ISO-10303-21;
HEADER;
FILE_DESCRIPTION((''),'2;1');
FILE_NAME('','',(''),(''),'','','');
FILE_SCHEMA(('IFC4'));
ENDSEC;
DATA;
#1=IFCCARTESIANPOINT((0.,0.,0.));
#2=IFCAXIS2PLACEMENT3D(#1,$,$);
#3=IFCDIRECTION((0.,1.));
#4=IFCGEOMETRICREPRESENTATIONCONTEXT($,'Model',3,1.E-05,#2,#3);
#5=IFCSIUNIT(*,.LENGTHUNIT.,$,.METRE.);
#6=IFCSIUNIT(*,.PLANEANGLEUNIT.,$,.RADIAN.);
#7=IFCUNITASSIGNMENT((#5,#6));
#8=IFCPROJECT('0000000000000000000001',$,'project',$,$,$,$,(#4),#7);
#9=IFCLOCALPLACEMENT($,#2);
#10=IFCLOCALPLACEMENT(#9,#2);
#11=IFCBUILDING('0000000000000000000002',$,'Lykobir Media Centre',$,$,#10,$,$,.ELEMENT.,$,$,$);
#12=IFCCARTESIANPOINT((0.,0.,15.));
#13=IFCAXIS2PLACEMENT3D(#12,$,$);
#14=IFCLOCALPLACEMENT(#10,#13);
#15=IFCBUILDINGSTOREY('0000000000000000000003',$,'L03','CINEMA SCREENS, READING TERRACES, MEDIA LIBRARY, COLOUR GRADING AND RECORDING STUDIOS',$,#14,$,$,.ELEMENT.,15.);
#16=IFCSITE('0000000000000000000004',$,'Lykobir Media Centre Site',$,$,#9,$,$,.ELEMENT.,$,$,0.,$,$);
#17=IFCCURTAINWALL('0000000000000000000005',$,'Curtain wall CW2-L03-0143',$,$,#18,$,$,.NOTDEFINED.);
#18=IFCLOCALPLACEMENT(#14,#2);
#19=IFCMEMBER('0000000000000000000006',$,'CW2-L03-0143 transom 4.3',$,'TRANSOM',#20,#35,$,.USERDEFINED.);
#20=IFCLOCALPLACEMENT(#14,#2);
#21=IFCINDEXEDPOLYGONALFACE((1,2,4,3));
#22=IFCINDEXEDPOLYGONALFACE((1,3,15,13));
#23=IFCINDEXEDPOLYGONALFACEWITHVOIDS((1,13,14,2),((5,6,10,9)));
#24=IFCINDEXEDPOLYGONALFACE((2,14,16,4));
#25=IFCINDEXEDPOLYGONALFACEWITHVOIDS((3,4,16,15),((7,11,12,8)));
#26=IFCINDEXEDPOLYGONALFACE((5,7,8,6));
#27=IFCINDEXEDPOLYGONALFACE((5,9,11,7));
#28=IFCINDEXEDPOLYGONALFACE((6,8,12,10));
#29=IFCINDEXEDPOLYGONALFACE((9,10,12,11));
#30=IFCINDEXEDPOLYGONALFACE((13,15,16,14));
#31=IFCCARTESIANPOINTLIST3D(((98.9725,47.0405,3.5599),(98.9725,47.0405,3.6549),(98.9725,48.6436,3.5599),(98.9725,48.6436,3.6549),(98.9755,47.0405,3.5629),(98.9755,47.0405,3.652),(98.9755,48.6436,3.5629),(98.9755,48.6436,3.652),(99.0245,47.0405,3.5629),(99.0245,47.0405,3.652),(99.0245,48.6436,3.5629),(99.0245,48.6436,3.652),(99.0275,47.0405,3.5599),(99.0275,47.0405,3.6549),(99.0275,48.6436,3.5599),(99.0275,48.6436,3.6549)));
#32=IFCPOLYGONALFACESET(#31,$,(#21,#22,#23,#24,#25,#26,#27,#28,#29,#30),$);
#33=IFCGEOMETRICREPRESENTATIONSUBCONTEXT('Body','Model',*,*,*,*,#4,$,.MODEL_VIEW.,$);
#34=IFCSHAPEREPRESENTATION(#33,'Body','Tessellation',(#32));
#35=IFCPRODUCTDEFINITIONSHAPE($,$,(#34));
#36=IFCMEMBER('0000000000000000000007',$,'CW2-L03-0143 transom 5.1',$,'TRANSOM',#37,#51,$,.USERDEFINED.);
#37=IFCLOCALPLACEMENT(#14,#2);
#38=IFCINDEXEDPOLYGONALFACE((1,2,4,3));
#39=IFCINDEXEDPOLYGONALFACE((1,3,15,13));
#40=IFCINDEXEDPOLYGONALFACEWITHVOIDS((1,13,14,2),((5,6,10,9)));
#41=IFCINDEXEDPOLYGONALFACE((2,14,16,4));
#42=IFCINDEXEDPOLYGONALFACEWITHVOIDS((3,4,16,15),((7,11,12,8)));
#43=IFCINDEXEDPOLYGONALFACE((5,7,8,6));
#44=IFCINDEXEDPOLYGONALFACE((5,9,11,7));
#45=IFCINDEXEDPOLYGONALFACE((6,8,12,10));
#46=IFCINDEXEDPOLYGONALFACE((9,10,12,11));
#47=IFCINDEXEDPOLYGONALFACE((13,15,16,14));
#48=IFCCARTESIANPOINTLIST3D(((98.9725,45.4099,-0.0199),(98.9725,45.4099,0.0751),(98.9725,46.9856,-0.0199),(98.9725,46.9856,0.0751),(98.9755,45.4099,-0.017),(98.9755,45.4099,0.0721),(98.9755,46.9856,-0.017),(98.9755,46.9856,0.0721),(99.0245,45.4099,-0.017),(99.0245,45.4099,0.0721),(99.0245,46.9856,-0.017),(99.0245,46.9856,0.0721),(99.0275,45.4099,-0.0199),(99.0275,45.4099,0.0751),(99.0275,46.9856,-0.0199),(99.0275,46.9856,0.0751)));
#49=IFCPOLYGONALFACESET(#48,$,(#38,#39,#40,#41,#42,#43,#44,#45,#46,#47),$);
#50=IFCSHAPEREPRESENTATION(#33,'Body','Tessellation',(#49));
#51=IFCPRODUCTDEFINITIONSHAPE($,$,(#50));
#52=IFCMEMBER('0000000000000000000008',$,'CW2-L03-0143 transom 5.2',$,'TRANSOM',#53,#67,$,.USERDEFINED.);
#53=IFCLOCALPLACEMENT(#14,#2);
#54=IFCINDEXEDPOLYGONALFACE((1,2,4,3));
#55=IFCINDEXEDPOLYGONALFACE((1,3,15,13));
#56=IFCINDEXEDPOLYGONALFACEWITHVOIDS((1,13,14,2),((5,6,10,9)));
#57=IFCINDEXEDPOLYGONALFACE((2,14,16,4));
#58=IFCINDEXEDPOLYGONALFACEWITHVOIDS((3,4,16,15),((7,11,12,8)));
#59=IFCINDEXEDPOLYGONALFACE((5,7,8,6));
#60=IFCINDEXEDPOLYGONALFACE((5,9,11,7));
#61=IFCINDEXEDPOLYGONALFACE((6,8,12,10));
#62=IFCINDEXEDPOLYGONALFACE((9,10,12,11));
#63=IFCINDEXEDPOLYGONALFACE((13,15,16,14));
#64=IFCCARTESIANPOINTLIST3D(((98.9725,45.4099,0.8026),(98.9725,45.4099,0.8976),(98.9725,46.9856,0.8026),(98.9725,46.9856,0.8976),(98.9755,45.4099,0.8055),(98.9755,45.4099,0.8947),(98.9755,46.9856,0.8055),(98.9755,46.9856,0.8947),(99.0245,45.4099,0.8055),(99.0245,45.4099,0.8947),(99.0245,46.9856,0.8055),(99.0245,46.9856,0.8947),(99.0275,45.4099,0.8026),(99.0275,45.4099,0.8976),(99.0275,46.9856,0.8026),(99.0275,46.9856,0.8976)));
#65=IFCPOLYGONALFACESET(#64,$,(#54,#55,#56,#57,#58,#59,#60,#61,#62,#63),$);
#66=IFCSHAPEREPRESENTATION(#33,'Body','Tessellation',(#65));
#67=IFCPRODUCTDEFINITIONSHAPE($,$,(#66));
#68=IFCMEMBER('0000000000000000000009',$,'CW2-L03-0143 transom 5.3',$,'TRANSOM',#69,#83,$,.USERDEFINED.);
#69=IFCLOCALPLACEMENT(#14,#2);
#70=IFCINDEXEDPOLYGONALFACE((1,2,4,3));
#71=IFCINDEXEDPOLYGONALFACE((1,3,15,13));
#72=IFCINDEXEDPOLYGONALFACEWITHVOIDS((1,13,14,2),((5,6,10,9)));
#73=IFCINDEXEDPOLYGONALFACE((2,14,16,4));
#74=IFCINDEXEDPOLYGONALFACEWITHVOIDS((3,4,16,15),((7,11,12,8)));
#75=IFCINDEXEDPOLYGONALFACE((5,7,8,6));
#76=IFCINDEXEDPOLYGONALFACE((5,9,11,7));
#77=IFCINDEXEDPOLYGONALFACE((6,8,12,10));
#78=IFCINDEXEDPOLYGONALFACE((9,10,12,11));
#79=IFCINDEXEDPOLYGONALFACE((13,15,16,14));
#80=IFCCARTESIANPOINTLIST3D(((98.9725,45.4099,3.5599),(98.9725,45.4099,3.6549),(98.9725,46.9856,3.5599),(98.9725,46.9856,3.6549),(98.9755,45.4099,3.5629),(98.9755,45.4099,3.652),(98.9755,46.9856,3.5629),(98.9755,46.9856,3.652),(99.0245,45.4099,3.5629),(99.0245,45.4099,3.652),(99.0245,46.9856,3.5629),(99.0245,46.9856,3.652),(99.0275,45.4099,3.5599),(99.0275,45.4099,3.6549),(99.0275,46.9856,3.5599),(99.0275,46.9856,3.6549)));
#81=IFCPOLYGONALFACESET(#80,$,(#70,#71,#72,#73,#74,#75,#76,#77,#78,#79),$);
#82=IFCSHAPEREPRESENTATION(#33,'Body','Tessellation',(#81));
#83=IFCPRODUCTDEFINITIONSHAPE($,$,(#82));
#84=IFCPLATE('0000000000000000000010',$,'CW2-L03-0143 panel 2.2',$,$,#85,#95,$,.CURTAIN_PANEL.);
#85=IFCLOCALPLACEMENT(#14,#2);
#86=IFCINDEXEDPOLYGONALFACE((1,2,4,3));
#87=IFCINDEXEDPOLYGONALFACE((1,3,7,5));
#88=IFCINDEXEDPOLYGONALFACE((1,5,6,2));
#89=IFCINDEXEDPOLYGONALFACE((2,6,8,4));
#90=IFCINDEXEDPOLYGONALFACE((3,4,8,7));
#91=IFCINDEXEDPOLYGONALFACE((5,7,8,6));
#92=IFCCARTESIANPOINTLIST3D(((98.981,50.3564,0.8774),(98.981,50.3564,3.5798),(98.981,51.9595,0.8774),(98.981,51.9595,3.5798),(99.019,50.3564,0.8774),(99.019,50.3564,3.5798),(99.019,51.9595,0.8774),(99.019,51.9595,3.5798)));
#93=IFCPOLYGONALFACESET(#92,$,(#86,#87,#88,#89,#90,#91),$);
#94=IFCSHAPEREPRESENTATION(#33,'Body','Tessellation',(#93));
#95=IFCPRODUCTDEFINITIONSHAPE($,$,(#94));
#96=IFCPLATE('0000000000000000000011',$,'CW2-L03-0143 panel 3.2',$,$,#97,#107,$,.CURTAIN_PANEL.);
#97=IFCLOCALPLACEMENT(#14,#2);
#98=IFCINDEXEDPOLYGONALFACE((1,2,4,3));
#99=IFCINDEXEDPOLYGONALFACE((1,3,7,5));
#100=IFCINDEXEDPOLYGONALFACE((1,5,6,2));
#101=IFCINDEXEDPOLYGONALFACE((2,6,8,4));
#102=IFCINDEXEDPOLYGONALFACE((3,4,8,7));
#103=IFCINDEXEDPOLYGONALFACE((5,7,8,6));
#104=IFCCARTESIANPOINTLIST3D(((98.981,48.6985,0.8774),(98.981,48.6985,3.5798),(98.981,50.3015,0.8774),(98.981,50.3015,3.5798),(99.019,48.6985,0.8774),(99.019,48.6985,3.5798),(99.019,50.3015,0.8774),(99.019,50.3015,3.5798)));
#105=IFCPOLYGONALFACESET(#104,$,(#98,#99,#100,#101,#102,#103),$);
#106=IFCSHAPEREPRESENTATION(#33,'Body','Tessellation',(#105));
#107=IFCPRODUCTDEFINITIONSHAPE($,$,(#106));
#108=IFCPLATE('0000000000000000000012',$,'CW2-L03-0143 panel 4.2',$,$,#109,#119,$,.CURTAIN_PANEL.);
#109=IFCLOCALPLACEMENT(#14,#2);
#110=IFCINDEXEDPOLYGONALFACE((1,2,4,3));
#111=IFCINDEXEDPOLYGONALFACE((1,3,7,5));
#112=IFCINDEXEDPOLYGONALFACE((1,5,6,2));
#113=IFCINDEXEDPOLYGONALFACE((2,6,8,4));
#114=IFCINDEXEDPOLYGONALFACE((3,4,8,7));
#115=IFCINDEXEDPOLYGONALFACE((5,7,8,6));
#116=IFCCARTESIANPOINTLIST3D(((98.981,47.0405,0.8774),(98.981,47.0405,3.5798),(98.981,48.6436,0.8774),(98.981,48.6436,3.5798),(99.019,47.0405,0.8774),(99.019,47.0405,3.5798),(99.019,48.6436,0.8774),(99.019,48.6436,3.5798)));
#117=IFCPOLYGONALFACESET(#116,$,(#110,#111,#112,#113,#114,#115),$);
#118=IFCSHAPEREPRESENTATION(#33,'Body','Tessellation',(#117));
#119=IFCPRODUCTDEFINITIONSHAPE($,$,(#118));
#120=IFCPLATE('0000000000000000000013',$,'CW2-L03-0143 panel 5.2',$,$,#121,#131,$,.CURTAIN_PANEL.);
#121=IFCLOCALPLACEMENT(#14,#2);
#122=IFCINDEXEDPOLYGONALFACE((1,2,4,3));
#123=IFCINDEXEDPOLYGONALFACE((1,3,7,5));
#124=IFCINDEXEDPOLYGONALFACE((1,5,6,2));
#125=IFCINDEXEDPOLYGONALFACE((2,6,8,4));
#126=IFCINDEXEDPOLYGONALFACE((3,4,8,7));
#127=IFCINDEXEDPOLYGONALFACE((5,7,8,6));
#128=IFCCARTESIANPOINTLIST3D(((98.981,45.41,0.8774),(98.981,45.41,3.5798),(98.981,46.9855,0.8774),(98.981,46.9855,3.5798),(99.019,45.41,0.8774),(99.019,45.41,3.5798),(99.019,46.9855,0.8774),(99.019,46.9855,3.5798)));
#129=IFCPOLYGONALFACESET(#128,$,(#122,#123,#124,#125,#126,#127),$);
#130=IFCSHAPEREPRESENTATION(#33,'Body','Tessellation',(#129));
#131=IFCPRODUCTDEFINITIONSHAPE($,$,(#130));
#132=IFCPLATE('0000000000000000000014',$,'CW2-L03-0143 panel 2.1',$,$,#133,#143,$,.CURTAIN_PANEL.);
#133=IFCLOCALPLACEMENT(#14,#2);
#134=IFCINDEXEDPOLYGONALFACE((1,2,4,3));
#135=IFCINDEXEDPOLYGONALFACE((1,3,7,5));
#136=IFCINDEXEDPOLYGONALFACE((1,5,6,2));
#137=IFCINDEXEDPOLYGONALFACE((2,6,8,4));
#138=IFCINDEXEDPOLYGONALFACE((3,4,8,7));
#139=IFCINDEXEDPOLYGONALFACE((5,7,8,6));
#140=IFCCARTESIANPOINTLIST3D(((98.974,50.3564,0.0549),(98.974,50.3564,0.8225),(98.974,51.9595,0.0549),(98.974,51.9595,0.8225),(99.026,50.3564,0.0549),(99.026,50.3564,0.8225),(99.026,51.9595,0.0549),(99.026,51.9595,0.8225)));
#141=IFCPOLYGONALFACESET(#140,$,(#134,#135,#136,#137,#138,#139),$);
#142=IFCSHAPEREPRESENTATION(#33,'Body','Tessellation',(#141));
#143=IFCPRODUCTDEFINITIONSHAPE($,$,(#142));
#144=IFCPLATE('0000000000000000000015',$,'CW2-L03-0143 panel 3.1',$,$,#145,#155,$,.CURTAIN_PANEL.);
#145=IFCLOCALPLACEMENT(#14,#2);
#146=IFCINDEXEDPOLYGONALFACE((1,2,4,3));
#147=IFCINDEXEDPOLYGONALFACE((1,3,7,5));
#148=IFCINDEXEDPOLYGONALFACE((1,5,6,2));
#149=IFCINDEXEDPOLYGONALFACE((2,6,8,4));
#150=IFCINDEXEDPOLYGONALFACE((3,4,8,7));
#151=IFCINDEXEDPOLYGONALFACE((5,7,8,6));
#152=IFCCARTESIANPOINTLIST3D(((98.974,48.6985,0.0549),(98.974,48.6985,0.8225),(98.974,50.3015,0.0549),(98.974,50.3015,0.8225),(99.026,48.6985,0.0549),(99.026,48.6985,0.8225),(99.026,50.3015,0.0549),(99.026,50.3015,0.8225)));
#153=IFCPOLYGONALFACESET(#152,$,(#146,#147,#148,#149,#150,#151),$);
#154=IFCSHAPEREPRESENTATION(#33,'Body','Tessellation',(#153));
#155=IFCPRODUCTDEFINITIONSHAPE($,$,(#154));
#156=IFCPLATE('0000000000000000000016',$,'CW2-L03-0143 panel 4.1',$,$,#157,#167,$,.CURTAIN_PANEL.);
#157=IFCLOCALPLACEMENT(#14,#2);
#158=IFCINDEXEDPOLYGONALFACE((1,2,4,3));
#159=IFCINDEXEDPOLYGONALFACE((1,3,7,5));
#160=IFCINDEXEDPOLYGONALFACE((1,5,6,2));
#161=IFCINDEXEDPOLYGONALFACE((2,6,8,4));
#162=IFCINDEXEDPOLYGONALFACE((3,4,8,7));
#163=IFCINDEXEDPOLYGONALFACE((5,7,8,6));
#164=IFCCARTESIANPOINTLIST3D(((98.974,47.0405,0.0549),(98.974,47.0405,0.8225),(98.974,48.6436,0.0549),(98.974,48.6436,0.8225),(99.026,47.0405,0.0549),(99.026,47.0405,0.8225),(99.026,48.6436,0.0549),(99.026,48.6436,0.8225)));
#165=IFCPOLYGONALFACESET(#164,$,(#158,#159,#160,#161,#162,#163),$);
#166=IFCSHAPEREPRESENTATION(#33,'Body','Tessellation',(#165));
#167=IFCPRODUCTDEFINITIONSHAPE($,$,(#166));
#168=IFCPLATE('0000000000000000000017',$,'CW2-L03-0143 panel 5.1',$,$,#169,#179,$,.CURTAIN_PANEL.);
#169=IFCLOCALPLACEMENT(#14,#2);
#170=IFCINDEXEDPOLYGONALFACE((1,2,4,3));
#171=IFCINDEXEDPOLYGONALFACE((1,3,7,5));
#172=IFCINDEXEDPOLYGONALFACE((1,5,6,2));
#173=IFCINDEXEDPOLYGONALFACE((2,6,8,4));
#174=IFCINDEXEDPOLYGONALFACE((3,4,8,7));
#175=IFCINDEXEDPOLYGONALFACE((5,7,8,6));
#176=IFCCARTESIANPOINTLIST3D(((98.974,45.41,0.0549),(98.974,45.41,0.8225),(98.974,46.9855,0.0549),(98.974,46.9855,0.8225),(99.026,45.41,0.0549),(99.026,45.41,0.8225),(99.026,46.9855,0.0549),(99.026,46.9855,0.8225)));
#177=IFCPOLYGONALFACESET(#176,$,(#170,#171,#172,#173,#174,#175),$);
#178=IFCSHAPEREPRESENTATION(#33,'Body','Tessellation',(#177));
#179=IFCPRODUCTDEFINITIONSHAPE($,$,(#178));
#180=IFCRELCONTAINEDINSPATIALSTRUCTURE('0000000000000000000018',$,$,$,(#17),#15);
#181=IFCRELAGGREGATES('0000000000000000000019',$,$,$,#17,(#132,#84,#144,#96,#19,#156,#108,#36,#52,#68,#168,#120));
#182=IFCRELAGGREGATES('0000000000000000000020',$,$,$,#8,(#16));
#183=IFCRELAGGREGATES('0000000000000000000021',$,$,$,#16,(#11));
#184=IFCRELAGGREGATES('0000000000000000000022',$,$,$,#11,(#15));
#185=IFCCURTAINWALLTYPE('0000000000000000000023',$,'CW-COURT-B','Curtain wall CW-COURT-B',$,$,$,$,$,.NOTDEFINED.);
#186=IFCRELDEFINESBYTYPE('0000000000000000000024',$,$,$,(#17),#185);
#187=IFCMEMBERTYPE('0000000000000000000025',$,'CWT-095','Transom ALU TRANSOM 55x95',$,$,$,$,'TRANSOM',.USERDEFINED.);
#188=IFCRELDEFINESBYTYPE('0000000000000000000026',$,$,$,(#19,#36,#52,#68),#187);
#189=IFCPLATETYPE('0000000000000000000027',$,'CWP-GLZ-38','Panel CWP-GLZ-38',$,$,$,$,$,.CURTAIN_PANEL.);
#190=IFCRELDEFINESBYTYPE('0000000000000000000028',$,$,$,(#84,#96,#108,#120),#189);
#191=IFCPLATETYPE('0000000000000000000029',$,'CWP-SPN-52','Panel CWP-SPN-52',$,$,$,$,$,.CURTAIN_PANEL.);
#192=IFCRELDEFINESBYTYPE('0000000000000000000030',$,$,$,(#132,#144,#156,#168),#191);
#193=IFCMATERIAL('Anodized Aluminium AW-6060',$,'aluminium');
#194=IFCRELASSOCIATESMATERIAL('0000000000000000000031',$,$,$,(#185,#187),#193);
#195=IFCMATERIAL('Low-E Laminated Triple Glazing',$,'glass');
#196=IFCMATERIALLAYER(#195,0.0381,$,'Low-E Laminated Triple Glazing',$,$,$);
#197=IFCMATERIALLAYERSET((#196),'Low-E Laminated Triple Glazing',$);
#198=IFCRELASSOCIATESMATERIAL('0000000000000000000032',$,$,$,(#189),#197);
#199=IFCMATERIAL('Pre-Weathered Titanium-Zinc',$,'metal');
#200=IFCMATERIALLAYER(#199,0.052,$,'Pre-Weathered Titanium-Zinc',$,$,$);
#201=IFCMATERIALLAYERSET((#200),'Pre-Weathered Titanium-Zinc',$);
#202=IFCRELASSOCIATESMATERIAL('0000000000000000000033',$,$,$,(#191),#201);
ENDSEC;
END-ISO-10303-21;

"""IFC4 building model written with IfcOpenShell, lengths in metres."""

from ifc_helpers import new_model, si_unit, direction, frame, origin, origin_2d, place, context, subcontext, project, spatial, rectangle, hollow_rectangle, extrude, material, layer, layer_set, material_profile, profile_set, type_object, element, aggregate, save


model = new_model("IFC4")

# Units and contexts
model_context = context("Model", 3, precision=1e-05, world=origin(), true_north=direction((0.0, 1.0)))
body_context = subcontext(model_context, "Body", "Model", "MODEL_VIEW")
ifc_project = project(units=[si_unit("LENGTHUNIT", "METRE"), si_unit("PLANEANGLEUNIT", "RADIAN")], contexts=[model_context])

# Site, building, storey
site_placement = place(None, origin())
site = spatial("IfcSite", under=ifc_project, at=site_placement, Name="Lykobir Media Centre Site", CompositionType="ELEMENT", RefElevation=0.0)
building_placement = place(site_placement, origin())
building = spatial("IfcBuilding", under=site, at=building_placement, Name="Lykobir Media Centre", CompositionType="ELEMENT")
storey_placement = place(building_placement, frame((0.0, 0.0, 15.0)))
storey = spatial("IfcBuildingStorey", under=building, at=storey_placement, Name="L03", Description="CINEMA SCREENS, READING TERRACES, MEDIA LIBRARY, COLOUR GRADING AND RECORDING STUDIOS", CompositionType="ELEMENT", Elevation=15.0)

# Curtain wall, members, plates
ifc_material_1 = material(Name="Anodized Aluminium AW-6060", Category="aluminium")
curtain_wall_type = type_object("IfcCurtainWallType", Name="CW-COURT-B", Description="Curtain wall CW-COURT-B", PredefinedType="NOTDEFINED", material=ifc_material_1)
curtain_wall_placement = place(storey_placement, origin())
curtain_wall = element("IfcCurtainWall", 1, at=curtain_wall_placement, inside=storey, type_object=curtain_wall_type, Name="Curtain wall CW2-L03-0143", PredefinedType="NOTDEFINED")
ifc_material_profile_1 = material_profile(ifc_material_1, hollow_rectangle(XDim=0.0549, YDim=0.095, WallThickness=0.0029, at=origin_2d()), Name="ALU TRANSOM 55x95")
ifc_profile_set_1 = profile_set([ifc_material_profile_1], Name="Anodized Aluminium AW-6060")
member_type_1 = type_object("IfcMemberType", Name="CWT-095", Description="Transom ALU TRANSOM 55x95", ElementType="TRANSOM", PredefinedType="USERDEFINED", material=ifc_profile_set_1)
member_1_placement = place(storey_placement, frame((99.0, 48.6436, 3.6074), z_axis=(0.0, -1.0, 0.0), x_axis=(1.0, 0.0, 0.0)))
member_1 = element("IfcMember", 2, at=member_1_placement, type_object=member_type_1, Name="CW2-L03-0143 transom 4.3", ObjectType="TRANSOM", PredefinedType="USERDEFINED", context=body_context, shape_type="SweptSolid", body=[
    extrude(hollow_rectangle(XDim=0.0549, YDim=0.095, WallThickness=0.0029, at=origin_2d()), origin(), (0.0, 0.0, 1.0), 1.603),
])
member_2_placement = place(storey_placement, frame((99.0, 46.9856, 0.0276), z_axis=(0.0, -1.0, 0.0), x_axis=(1.0, 0.0, 0.0)))
member_2 = element("IfcMember", 3, at=member_2_placement, type_object=member_type_1, Name="CW2-L03-0143 transom 5.1", ObjectType="TRANSOM", PredefinedType="USERDEFINED", context=body_context, shape_type="SweptSolid", body=[
    extrude(hollow_rectangle(XDim=0.0549, YDim=0.095, WallThickness=0.0029, at=origin_2d()), origin(), (0.0, 0.0, 1.0), 1.5757),
])
member_3_placement = place(storey_placement, frame((99.0, 46.9856, 0.8501), z_axis=(0.0, -1.0, 0.0), x_axis=(1.0, 0.0, 0.0)))
member_3 = element("IfcMember", 4, at=member_3_placement, type_object=member_type_1, Name="CW2-L03-0143 transom 5.2", ObjectType="TRANSOM", PredefinedType="USERDEFINED", context=body_context, shape_type="SweptSolid", body=[
    extrude(hollow_rectangle(XDim=0.0549, YDim=0.095, WallThickness=0.0029, at=origin_2d()), origin(), (0.0, 0.0, 1.0), 1.5757),
])
member_4_placement = place(storey_placement, frame((99.0, 46.9856, 3.6074), z_axis=(0.0, -1.0, 0.0), x_axis=(1.0, 0.0, 0.0)))
member_4 = element("IfcMember", 5, at=member_4_placement, type_object=member_type_1, Name="CW2-L03-0143 transom 5.3", ObjectType="TRANSOM", PredefinedType="USERDEFINED", context=body_context, shape_type="SweptSolid", body=[
    extrude(hollow_rectangle(XDim=0.0549, YDim=0.095, WallThickness=0.0029, at=origin_2d()), origin(), (0.0, 0.0, 1.0), 1.5757),
])
ifc_material_2 = material(Name="Low-E Laminated Triple Glazing", Category="glass")
ifc_layer_1 = layer(ifc_material_2, 0.0381, Name="Low-E Laminated Triple Glazing")
ifc_layer_set_1 = layer_set([ifc_layer_1], Name="Low-E Laminated Triple Glazing")
plate_type_1 = type_object("IfcPlateType", Name="CWP-GLZ-38", Description="Panel CWP-GLZ-38", PredefinedType="CURTAIN_PANEL", material=ifc_layer_set_1)
plate_1_placement = place(storey_placement, frame((99.0, 51.158, 0.8774), z_axis=(0.0, 0.0, 1.0), x_axis=(0.0, -1.0, 0.0)))
plate_1 = element("IfcPlate", 6, at=plate_1_placement, type_object=plate_type_1, Name="CW2-L03-0143 panel 2.2", PredefinedType="CURTAIN_PANEL", context=body_context, shape_type="SweptSolid", body=[
    extrude(rectangle(XDim=1.603, YDim=0.0381, at=origin_2d()), origin(), (0.0, 0.0, 1.0), 2.7024),
])
plate_2_placement = place(storey_placement, frame((99.0, 49.5, 0.8774), z_axis=(0.0, 0.0, 1.0), x_axis=(0.0, -1.0, 0.0)))
plate_2 = element("IfcPlate", 7, at=plate_2_placement, type_object=plate_type_1, Name="CW2-L03-0143 panel 3.2", PredefinedType="CURTAIN_PANEL", context=body_context, shape_type="SweptSolid", body=[
    extrude(rectangle(XDim=1.603, YDim=0.0381, at=origin_2d()), origin(), (0.0, 0.0, 1.0), 2.7024),
])
plate_3_placement = place(storey_placement, frame((99.0, 47.842, 0.8774), z_axis=(0.0, 0.0, 1.0), x_axis=(0.0, -1.0, 0.0)))
plate_3 = element("IfcPlate", 8, at=plate_3_placement, type_object=plate_type_1, Name="CW2-L03-0143 panel 4.2", PredefinedType="CURTAIN_PANEL", context=body_context, shape_type="SweptSolid", body=[
    extrude(rectangle(XDim=1.603, YDim=0.0381, at=origin_2d()), origin(), (0.0, 0.0, 1.0), 2.7024),
])
plate_4_placement = place(storey_placement, frame((99.0, 46.1978, 0.8774), z_axis=(0.0, 0.0, 1.0), x_axis=(0.0, -1.0, 0.0)))
plate_4 = element("IfcPlate", 9, at=plate_4_placement, type_object=plate_type_1, Name="CW2-L03-0143 panel 5.2", PredefinedType="CURTAIN_PANEL", context=body_context, shape_type="SweptSolid", body=[
    extrude(rectangle(XDim=1.5754, YDim=0.0381, at=origin_2d()), origin(), (0.0, 0.0, 1.0), 2.7024),
])
ifc_material_3 = material(Name="Pre-Weathered Titanium-Zinc", Category="metal")
ifc_layer_2 = layer(ifc_material_3, 0.052, Name="Pre-Weathered Titanium-Zinc")
ifc_layer_set_2 = layer_set([ifc_layer_2], Name="Pre-Weathered Titanium-Zinc")
plate_type_2 = type_object("IfcPlateType", Name="CWP-SPN-52", Description="Panel CWP-SPN-52", PredefinedType="CURTAIN_PANEL", material=ifc_layer_set_2)
plate_5_placement = place(storey_placement, frame((99.0, 51.158, 0.0549), z_axis=(0.0, 0.0, 1.0), x_axis=(0.0, -1.0, 0.0)))
plate_5 = element("IfcPlate", 10, at=plate_5_placement, type_object=plate_type_2, Name="CW2-L03-0143 panel 2.1", PredefinedType="CURTAIN_PANEL", context=body_context, shape_type="SweptSolid", body=[
    extrude(rectangle(XDim=1.603, YDim=0.052, at=origin_2d()), origin(), (0.0, 0.0, 1.0), 0.7676),
])
plate_6_placement = place(storey_placement, frame((99.0, 49.5, 0.0549), z_axis=(0.0, 0.0, 1.0), x_axis=(0.0, -1.0, 0.0)))
plate_6 = element("IfcPlate", 11, at=plate_6_placement, type_object=plate_type_2, Name="CW2-L03-0143 panel 3.1", PredefinedType="CURTAIN_PANEL", context=body_context, shape_type="SweptSolid", body=[
    extrude(rectangle(XDim=1.603, YDim=0.052, at=origin_2d()), origin(), (0.0, 0.0, 1.0), 0.7676),
])
plate_7_placement = place(storey_placement, frame((99.0, 47.842, 0.0549), z_axis=(0.0, 0.0, 1.0), x_axis=(0.0, -1.0, 0.0)))
plate_7 = element("IfcPlate", 12, at=plate_7_placement, type_object=plate_type_2, Name="CW2-L03-0143 panel 4.1", PredefinedType="CURTAIN_PANEL", context=body_context, shape_type="SweptSolid", body=[
    extrude(rectangle(XDim=1.603, YDim=0.052, at=origin_2d()), origin(), (0.0, 0.0, 1.0), 0.7676),
])
plate_8_placement = place(storey_placement, frame((99.0, 46.1978, 0.0549), z_axis=(0.0, 0.0, 1.0), x_axis=(0.0, -1.0, 0.0)))
plate_8 = element("IfcPlate", 13, at=plate_8_placement, type_object=plate_type_2, Name="CW2-L03-0143 panel 5.1", PredefinedType="CURTAIN_PANEL", context=body_context, shape_type="SweptSolid", body=[
    extrude(rectangle(XDim=1.5754, YDim=0.052, at=origin_2d()), origin(), (0.0, 0.0, 1.0), 0.7676),
])
aggregate(curtain_wall, [plate_5, plate_1, plate_6, plate_2, member_1, plate_7, plate_3, member_2, member_3, member_4, plate_8, plate_4])

save(model, "model.ifc")
